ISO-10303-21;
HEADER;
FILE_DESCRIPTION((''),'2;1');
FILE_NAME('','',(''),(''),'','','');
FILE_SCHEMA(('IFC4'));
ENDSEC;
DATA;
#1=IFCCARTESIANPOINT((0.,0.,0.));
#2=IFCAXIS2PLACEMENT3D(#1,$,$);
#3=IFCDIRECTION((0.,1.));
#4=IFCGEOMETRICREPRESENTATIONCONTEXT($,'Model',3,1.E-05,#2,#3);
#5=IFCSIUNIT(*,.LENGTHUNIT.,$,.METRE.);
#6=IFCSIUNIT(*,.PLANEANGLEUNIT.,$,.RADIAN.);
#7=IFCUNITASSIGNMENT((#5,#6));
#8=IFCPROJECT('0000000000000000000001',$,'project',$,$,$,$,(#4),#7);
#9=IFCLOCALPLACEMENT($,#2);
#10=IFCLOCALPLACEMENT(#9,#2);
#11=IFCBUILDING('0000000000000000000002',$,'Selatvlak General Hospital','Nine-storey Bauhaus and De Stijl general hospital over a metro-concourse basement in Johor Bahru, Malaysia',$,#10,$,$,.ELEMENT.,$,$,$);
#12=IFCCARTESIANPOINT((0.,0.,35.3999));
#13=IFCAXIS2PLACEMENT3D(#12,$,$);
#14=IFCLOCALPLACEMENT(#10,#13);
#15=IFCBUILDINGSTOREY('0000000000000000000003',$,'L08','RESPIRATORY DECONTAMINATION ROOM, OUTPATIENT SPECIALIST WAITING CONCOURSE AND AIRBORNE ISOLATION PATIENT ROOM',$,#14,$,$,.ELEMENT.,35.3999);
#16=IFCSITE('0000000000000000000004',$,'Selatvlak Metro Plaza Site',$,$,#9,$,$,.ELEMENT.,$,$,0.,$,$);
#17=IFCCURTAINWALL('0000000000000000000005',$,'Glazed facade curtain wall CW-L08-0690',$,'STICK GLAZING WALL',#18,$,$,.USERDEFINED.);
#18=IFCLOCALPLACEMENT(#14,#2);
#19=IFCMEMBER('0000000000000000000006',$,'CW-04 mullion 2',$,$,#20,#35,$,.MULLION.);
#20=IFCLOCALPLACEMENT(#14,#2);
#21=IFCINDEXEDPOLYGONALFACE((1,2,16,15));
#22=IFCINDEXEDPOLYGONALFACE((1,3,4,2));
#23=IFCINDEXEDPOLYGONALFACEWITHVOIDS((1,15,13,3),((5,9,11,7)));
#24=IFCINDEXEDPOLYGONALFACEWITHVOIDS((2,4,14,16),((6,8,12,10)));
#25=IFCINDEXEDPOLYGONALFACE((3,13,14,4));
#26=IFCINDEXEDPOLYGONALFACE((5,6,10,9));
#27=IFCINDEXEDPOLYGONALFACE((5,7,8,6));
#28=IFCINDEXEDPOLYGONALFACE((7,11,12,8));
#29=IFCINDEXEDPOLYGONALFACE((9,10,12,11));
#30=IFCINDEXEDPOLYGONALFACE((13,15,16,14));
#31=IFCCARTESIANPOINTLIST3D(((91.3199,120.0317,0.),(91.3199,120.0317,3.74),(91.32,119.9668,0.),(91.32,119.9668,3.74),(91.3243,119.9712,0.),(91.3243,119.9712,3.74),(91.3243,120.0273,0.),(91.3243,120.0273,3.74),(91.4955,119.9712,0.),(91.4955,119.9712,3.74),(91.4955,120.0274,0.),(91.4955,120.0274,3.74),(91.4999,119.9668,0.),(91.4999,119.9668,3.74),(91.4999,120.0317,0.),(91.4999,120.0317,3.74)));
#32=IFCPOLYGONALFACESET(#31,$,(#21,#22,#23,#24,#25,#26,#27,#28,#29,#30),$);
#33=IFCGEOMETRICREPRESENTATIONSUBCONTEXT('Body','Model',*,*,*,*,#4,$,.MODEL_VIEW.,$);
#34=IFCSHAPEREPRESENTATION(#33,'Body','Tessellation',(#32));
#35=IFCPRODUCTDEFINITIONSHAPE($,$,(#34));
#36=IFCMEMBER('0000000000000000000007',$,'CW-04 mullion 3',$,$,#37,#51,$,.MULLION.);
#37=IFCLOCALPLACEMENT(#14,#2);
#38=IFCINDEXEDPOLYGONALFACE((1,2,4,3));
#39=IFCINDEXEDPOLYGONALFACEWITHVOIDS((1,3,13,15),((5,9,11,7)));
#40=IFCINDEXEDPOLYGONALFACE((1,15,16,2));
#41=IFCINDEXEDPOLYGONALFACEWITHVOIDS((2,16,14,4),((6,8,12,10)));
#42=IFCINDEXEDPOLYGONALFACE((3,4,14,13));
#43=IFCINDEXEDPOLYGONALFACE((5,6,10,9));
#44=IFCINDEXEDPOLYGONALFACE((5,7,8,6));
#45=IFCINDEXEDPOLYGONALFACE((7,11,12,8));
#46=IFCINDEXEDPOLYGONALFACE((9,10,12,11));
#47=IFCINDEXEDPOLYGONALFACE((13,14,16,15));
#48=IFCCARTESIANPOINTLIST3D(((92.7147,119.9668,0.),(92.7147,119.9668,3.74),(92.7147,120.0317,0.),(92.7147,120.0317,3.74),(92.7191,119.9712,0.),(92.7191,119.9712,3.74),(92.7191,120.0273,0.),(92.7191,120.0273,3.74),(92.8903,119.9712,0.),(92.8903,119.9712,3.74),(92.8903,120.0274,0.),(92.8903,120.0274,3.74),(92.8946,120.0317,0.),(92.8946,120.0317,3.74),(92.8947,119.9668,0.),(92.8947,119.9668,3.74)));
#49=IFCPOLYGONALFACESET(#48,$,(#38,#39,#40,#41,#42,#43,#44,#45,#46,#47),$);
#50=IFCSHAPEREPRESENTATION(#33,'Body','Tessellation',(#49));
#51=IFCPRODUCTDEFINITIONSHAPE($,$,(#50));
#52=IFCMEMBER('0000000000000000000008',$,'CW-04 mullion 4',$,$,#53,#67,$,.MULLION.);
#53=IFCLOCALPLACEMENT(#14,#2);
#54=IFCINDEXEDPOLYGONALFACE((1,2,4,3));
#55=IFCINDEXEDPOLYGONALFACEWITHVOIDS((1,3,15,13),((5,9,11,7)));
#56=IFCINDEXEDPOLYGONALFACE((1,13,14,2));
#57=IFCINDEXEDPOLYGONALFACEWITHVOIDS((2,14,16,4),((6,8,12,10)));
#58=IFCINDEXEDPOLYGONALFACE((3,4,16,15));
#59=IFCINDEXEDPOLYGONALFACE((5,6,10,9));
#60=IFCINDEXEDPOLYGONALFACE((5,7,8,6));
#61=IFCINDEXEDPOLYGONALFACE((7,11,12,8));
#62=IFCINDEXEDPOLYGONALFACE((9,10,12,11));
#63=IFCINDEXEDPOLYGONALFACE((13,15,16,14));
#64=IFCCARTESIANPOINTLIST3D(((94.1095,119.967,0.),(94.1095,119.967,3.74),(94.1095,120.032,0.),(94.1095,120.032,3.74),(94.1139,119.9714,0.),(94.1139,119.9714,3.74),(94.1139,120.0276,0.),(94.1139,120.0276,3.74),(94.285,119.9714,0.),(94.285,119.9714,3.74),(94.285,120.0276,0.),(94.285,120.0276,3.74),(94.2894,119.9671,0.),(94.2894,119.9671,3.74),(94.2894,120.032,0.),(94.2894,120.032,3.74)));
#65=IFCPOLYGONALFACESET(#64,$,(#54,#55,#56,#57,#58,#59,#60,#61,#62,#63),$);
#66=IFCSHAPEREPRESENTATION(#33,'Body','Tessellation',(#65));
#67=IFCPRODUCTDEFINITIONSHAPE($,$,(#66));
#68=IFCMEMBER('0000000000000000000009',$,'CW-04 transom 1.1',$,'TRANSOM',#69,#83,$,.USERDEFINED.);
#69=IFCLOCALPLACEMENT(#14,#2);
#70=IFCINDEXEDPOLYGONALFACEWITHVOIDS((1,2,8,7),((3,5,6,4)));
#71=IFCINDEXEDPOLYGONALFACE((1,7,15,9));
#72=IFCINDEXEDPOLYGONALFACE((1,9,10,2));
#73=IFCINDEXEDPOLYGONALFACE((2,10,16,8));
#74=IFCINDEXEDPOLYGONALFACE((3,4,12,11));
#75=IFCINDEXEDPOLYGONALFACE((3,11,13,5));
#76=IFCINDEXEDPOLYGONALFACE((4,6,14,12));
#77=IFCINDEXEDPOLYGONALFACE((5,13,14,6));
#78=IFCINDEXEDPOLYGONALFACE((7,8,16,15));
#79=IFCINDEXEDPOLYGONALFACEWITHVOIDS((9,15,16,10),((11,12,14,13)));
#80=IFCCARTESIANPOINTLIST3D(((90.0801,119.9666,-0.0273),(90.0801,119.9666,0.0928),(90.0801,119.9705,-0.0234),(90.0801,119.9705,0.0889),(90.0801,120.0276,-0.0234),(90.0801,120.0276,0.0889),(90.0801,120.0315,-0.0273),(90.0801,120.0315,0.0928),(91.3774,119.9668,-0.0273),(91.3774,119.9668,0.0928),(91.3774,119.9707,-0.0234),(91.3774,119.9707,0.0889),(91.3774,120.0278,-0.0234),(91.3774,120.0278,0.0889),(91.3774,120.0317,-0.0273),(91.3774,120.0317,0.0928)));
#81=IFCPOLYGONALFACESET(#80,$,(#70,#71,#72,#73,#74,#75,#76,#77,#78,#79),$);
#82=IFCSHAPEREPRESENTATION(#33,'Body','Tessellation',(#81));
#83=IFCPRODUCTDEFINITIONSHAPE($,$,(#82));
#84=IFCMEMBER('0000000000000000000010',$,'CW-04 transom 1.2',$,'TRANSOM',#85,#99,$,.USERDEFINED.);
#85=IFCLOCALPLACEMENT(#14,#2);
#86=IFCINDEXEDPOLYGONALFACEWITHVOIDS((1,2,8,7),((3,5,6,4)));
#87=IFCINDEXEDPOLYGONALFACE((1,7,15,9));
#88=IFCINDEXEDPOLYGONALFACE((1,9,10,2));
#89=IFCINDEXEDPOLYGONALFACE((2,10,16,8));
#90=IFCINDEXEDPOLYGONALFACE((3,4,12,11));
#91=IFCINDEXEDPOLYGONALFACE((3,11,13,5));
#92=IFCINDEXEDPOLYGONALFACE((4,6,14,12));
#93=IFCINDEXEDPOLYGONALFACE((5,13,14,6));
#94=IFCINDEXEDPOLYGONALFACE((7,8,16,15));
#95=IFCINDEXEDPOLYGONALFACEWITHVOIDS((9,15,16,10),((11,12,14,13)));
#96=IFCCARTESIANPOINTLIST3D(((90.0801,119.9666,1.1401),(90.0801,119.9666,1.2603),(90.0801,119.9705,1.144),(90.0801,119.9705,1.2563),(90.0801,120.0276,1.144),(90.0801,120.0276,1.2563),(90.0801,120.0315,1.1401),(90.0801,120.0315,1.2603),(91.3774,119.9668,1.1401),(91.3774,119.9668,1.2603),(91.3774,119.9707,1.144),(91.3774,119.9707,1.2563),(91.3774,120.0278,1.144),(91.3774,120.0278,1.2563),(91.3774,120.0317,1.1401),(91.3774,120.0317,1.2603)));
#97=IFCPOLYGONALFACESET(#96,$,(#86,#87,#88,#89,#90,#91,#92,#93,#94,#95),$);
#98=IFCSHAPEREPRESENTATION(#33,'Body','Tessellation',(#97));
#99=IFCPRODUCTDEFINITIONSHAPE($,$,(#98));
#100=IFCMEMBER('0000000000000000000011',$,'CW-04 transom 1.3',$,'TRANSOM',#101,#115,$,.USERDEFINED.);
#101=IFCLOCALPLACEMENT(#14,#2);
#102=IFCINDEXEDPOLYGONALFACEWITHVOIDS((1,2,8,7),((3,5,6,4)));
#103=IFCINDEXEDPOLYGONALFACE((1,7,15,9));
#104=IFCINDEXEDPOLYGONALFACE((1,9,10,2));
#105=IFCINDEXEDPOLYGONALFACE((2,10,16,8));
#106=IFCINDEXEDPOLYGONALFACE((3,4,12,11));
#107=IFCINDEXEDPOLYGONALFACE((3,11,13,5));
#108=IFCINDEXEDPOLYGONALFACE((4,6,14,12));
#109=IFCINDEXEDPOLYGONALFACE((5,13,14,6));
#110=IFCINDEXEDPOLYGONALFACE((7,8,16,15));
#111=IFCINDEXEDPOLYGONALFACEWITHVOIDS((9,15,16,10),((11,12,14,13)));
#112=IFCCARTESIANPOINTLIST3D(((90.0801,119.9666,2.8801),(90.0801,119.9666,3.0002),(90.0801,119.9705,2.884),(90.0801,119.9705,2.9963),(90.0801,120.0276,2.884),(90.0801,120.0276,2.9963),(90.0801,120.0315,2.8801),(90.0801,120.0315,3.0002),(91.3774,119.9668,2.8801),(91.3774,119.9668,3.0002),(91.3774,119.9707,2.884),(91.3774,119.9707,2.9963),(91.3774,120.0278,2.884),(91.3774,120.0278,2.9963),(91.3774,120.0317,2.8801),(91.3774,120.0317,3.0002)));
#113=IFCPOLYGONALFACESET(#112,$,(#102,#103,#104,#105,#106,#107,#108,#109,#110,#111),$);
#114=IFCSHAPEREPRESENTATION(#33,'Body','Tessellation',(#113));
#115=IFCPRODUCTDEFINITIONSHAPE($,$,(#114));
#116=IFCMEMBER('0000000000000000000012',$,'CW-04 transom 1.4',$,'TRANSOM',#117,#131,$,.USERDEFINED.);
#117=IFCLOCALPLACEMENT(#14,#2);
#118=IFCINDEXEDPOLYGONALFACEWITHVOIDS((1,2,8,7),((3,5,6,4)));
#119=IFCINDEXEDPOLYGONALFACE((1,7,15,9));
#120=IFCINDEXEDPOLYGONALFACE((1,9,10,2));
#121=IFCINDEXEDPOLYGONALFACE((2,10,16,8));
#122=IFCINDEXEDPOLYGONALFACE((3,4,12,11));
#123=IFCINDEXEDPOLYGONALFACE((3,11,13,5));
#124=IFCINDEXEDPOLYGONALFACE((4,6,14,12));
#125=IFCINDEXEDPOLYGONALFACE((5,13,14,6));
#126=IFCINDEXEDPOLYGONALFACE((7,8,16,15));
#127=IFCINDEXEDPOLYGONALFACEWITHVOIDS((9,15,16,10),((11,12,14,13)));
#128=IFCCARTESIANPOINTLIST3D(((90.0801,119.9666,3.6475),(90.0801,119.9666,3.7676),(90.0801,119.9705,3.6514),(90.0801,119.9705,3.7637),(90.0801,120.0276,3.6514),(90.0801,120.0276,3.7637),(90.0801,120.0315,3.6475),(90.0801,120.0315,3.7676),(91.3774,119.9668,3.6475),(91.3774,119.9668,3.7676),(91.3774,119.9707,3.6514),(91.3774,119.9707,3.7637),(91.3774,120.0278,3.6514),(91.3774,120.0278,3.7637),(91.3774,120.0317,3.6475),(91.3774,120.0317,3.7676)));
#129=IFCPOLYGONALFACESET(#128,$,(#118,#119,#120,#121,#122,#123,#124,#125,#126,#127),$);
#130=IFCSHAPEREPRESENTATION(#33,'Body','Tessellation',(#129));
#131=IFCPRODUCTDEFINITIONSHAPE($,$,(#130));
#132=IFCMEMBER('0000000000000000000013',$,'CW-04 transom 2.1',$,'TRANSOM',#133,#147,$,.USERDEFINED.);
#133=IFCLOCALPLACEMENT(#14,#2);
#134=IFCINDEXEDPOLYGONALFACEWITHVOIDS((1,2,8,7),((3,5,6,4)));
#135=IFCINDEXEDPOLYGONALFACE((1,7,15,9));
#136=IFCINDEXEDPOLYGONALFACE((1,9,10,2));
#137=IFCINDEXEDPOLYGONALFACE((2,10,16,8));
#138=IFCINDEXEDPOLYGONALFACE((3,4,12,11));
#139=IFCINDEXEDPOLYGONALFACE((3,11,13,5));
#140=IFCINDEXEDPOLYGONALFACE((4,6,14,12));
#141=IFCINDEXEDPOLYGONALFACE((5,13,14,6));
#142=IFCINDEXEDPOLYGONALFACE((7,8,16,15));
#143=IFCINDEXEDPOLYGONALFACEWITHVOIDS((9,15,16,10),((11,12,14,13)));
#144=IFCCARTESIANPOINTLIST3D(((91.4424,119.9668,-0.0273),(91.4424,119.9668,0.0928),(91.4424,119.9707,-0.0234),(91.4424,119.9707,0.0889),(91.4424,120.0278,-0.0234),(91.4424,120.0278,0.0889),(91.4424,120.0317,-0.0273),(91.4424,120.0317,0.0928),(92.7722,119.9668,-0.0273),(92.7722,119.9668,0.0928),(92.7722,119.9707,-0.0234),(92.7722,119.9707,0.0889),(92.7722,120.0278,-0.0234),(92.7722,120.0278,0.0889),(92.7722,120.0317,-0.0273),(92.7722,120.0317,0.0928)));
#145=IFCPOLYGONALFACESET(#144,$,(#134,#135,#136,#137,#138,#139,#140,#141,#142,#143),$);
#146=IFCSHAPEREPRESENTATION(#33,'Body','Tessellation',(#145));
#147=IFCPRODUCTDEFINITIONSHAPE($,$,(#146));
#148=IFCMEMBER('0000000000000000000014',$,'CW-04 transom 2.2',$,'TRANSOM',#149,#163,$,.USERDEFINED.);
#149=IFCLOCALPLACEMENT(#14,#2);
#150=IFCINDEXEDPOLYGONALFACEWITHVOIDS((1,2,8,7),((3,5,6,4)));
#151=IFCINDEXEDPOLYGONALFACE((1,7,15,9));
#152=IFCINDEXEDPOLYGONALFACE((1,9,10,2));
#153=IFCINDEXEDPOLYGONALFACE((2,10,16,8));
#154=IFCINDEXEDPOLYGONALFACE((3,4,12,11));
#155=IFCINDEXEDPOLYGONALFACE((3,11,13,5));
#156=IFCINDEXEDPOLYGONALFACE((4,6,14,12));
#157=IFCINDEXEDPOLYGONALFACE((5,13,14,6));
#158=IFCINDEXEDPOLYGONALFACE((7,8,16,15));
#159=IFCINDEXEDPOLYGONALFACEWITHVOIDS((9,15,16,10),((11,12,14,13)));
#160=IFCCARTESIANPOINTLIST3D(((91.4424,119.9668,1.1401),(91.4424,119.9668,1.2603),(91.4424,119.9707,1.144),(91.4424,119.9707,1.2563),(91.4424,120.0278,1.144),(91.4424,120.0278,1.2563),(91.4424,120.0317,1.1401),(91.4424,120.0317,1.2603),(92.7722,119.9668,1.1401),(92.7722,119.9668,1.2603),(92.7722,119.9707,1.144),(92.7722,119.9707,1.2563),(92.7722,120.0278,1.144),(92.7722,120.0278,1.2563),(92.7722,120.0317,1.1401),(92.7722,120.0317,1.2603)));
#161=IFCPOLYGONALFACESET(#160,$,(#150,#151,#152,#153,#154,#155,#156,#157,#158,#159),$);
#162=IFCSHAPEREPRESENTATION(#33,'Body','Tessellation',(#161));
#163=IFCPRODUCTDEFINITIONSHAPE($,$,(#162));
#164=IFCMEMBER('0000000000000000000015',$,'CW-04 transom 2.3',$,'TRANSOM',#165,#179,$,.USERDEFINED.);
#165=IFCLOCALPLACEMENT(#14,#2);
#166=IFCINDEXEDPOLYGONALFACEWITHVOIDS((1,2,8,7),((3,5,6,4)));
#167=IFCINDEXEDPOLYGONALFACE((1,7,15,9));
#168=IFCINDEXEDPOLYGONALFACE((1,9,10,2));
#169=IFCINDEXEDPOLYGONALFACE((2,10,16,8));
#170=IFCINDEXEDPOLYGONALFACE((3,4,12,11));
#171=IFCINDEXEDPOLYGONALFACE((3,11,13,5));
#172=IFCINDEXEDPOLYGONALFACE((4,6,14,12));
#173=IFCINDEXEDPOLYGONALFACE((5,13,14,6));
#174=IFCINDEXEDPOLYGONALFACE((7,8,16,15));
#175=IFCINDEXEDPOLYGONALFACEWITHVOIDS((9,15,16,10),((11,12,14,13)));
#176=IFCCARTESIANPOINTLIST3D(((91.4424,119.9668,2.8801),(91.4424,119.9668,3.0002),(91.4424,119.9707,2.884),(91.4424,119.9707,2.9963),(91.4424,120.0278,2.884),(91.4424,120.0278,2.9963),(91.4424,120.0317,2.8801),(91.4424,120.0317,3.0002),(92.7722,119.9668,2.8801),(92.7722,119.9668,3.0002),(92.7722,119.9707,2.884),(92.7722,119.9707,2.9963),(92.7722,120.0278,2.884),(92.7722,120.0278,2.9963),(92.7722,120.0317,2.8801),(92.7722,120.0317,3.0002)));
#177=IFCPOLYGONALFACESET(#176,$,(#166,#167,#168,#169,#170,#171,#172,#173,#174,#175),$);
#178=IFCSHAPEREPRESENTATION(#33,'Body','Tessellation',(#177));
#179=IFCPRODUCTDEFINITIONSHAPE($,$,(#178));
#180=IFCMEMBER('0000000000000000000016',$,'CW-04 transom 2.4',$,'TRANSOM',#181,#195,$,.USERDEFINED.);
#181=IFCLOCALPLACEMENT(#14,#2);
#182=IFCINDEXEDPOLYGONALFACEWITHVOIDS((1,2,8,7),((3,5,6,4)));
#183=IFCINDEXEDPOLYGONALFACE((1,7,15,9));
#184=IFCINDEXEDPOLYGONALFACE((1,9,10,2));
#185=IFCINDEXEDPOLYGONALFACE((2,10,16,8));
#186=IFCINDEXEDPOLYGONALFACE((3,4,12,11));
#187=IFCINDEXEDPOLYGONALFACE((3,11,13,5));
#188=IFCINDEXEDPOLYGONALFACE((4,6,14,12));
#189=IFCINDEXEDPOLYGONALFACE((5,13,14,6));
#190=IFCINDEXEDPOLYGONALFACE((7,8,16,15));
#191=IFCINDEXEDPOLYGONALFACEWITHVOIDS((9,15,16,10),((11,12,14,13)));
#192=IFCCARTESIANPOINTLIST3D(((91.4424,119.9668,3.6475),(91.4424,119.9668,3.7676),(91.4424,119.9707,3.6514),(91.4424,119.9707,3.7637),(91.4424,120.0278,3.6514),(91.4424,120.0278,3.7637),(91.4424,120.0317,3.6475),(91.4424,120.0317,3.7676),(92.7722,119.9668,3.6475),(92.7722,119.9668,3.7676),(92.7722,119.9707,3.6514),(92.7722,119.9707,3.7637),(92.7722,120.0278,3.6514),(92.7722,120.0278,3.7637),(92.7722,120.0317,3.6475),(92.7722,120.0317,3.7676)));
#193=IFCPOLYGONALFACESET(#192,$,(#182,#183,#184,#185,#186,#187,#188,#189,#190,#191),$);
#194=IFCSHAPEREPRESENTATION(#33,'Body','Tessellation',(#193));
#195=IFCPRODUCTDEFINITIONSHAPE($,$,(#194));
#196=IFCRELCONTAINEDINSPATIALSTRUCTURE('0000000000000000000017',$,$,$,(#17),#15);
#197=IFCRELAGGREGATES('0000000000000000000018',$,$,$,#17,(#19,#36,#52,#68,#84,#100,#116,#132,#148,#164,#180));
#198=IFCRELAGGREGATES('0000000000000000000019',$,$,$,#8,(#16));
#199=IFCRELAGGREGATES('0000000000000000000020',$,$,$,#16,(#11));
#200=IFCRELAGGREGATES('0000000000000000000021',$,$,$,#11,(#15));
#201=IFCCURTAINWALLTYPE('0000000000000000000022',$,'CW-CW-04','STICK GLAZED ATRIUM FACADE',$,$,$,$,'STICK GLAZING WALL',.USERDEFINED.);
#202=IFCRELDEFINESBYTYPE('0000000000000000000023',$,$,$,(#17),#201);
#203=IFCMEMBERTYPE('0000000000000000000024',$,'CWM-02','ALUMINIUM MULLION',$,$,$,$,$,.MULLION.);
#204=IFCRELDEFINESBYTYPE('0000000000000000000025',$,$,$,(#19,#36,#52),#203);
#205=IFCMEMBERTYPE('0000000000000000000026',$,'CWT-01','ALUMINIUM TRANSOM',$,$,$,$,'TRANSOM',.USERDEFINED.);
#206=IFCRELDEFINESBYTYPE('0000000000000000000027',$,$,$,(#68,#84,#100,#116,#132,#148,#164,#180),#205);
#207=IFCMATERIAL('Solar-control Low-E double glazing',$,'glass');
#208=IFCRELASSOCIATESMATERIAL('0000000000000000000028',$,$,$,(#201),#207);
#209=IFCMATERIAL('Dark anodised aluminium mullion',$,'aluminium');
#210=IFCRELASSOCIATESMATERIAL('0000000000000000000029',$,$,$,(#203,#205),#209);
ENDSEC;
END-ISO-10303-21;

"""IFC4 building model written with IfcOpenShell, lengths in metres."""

from ifc_helpers import new_model, si_unit, direction, frame, origin, origin_2d, place, context, subcontext, project, spatial, hollow_rectangle, extrude, material, material_profile, profile_set, type_object, element, aggregate, save


model = new_model("IFC4")

# Units and contexts
model_context = context("Model", 3, precision=1e-05, world=origin(), true_north=direction((0.0, 1.0)))
body_context = subcontext(model_context, "Body", "Model", "MODEL_VIEW")
ifc_project = project(units=[si_unit("LENGTHUNIT", "METRE"), si_unit("PLANEANGLEUNIT", "RADIAN")], contexts=[model_context])

# Site, building, storey
site_placement = place(None, origin())
site = spatial("IfcSite", under=ifc_project, at=site_placement, Name="Selatvlak Metro Plaza Site", CompositionType="ELEMENT", RefElevation=0.0)
building_placement = place(site_placement, origin())
building = spatial("IfcBuilding", under=site, at=building_placement, Name="Selatvlak General Hospital", Description="Nine-storey Bauhaus and De Stijl general hospital over a metro-concourse basement in Johor Bahru, Malaysia", CompositionType="ELEMENT")
storey_placement = place(building_placement, frame((0.0, 0.0, 35.3999)))
storey = spatial("IfcBuildingStorey", under=building, at=storey_placement, Name="L08", Description="RESPIRATORY DECONTAMINATION ROOM, OUTPATIENT SPECIALIST WAITING CONCOURSE AND AIRBORNE ISOLATION PATIENT ROOM", CompositionType="ELEMENT", Elevation=35.3999)

# Curtain wall, members
ifc_material_1 = material(Name="Solar-control Low-E double glazing", Category="glass")
curtain_wall_type = type_object("IfcCurtainWallType", Name="CW-CW-04", Description="STICK GLAZED ATRIUM FACADE", ElementType="STICK GLAZING WALL", PredefinedType="USERDEFINED", material=ifc_material_1)
curtain_wall_placement = place(storey_placement, origin())
curtain_wall = element("IfcCurtainWall", 1, at=curtain_wall_placement, inside=storey, type_object=curtain_wall_type, Name="Glazed facade curtain wall CW-L08-0690", ObjectType="STICK GLAZING WALL", PredefinedType="USERDEFINED")
ifc_material_2 = material(Name="Dark anodised aluminium mullion", Category="aluminium")
ifc_material_profile_1 = material_profile(ifc_material_2, hollow_rectangle(XDim=0.0649, YDim=0.1799, WallThickness=0.0044, at=origin_2d()), Name="AL-MUL 65x180x4.5")
ifc_profile_set_1 = profile_set([ifc_material_profile_1], Name="Dark anodised aluminium mullion")
member_type_1 = type_object("IfcMemberType", Name="CWM-02", Description="ALUMINIUM MULLION", PredefinedType="MULLION", material=ifc_profile_set_1)
member_1_placement = place(storey_placement, frame((91.4099, 119.9993, 0.0), z_axis=(0.0, 0.0, 1.0), x_axis=(-0.000119, 1.0, 0.0)))
member_1 = element("IfcMember", 2, at=member_1_placement, type_object=member_type_1, Name="CW-04 mullion 2", PredefinedType="MULLION", context=body_context, shape_type="SweptSolid", body=[
    extrude(hollow_rectangle(XDim=0.0649, YDim=0.1799, WallThickness=0.0044, at=origin_2d()), origin(), (0.0, 0.0, 1.0), 3.74),
])
member_2_placement = place(storey_placement, frame((92.8047, 119.9993, 0.0), z_axis=(0.0, 0.0, 1.0), x_axis=(-0.000119, 1.0, 0.0)))
member_2 = element("IfcMember", 3, at=member_2_placement, type_object=member_type_1, Name="CW-04 mullion 3", PredefinedType="MULLION", context=body_context, shape_type="SweptSolid", body=[
    extrude(hollow_rectangle(XDim=0.0649, YDim=0.1799, WallThickness=0.0044, at=origin_2d()), origin(), (0.0, 0.0, 1.0), 3.74),
])
member_3_placement = place(storey_placement, frame((94.1995, 119.9995, 0.0), z_axis=(0.0, 0.0, 1.0), x_axis=(-0.000119, 1.0, 0.0)))
member_3 = element("IfcMember", 4, at=member_3_placement, type_object=member_type_1, Name="CW-04 mullion 4", PredefinedType="MULLION", context=body_context, shape_type="SweptSolid", body=[
    extrude(hollow_rectangle(XDim=0.0649, YDim=0.1799, WallThickness=0.0044, at=origin_2d()), origin(), (0.0, 0.0, 1.0), 3.74),
])
ifc_material_profile_2 = material_profile(ifc_material_2, hollow_rectangle(XDim=0.0649, YDim=0.1201, WallThickness=0.0039, at=origin_2d()), Name="AL-TRN 65x120x4")
ifc_profile_set_2 = profile_set([ifc_material_profile_2], Name="Dark anodised aluminium mullion")
member_type_2 = type_object("IfcMemberType", Name="CWT-01", Description="ALUMINIUM TRANSOM", ElementType="TRANSOM", PredefinedType="USERDEFINED", material=ifc_profile_set_2)
member_4_placement = place(storey_placement, frame((90.0801, 119.999, 0.0327), z_axis=(1.0, 0.000188, 0.0), x_axis=(-0.000188, 1.0, 0.0)))
member_4 = element("IfcMember", 5, at=member_4_placement, type_object=member_type_2, Name="CW-04 transom 1.1", ObjectType="TRANSOM", PredefinedType="USERDEFINED", context=body_context, shape_type="SweptSolid", body=[
    extrude(hollow_rectangle(XDim=0.0649, YDim=0.1201, WallThickness=0.0039, at=origin_2d()), origin(), (0.0, 0.0, 1.0), 1.2974),
])
member_5_placement = place(storey_placement, frame((90.0801, 119.999, 1.2002), z_axis=(1.0, 0.000188, 0.0), x_axis=(-0.000188, 1.0, 0.0)))
member_5 = element("IfcMember", 6, at=member_5_placement, type_object=member_type_2, Name="CW-04 transom 1.2", ObjectType="TRANSOM", PredefinedType="USERDEFINED", context=body_context, shape_type="SweptSolid", body=[
    extrude(hollow_rectangle(XDim=0.0649, YDim=0.1201, WallThickness=0.0039, at=origin_2d()), origin(), (0.0, 0.0, 1.0), 1.2974),
])
member_6_placement = place(storey_placement, frame((90.0801, 119.999, 2.9402), z_axis=(1.0, 0.000188, 0.0), x_axis=(-0.000188, 1.0, 0.0)))
member_6 = element("IfcMember", 7, at=member_6_placement, type_object=member_type_2, Name="CW-04 transom 1.3", ObjectType="TRANSOM", PredefinedType="USERDEFINED", context=body_context, shape_type="SweptSolid", body=[
    extrude(hollow_rectangle(XDim=0.0649, YDim=0.1201, WallThickness=0.0039, at=origin_2d()), origin(), (0.0, 0.0, 1.0), 1.2974),
])
member_7_placement = place(storey_placement, frame((90.0801, 119.999, 3.7075), z_axis=(1.0, 0.000188, 0.0), x_axis=(-0.000188, 1.0, 0.0)))
member_7 = element("IfcMember", 8, at=member_7_placement, type_object=member_type_2, Name="CW-04 transom 1.4", ObjectType="TRANSOM", PredefinedType="USERDEFINED", context=body_context, shape_type="SweptSolid", body=[
    extrude(hollow_rectangle(XDim=0.0649, YDim=0.1201, WallThickness=0.0039, at=origin_2d()), origin(), (0.0, 0.0, 1.0), 1.2974),
])
member_8_placement = place(storey_placement, frame((91.4424, 119.9993, 0.0327), z_axis=(1.0, 0.0, 0.0), x_axis=(0.0, 1.0, 0.0)))
member_8 = element("IfcMember", 9, at=member_8_placement, type_object=member_type_2, Name="CW-04 transom 2.1", ObjectType="TRANSOM", PredefinedType="USERDEFINED", context=body_context, shape_type="SweptSolid", body=[
    extrude(hollow_rectangle(XDim=0.0649, YDim=0.1201, WallThickness=0.0039, at=origin_2d()), origin(), (0.0, 0.0, 1.0), 1.3298),
])
member_9_placement = place(storey_placement, frame((91.4424, 119.9993, 1.2002), z_axis=(1.0, 0.0, 0.0), x_axis=(0.0, 1.0, 0.0)))
member_9 = element("IfcMember", 10, at=member_9_placement, type_object=member_type_2, Name="CW-04 transom 2.2", ObjectType="TRANSOM", PredefinedType="USERDEFINED", context=body_context, shape_type="SweptSolid", body=[
    extrude(hollow_rectangle(XDim=0.0649, YDim=0.1201, WallThickness=0.0039, at=origin_2d()), origin(), (0.0, 0.0, 1.0), 1.3298),
])
member_10_placement = place(storey_placement, frame((91.4424, 119.9993, 2.9402), z_axis=(1.0, 0.0, 0.0), x_axis=(0.0, 1.0, 0.0)))
member_10 = element("IfcMember", 11, at=member_10_placement, type_object=member_type_2, Name="CW-04 transom 2.3", ObjectType="TRANSOM", PredefinedType="USERDEFINED", context=body_context, shape_type="SweptSolid", body=[
    extrude(hollow_rectangle(XDim=0.0649, YDim=0.1201, WallThickness=0.0039, at=origin_2d()), origin(), (0.0, 0.0, 1.0), 1.3298),
])
member_11_placement = place(storey_placement, frame((91.4424, 119.9993, 3.7075), z_axis=(1.0, 0.0, 0.0), x_axis=(0.0, 1.0, 0.0)))
member_11 = element("IfcMember", 12, at=member_11_placement, type_object=member_type_2, Name="CW-04 transom 2.4", ObjectType="TRANSOM", PredefinedType="USERDEFINED", context=body_context, shape_type="SweptSolid", body=[
    extrude(hollow_rectangle(XDim=0.0649, YDim=0.1201, WallThickness=0.0039, at=origin_2d()), origin(), (0.0, 0.0, 1.0), 1.3298),
])
aggregate(curtain_wall, [member_1, member_2, member_3, member_4, member_5, member_6, member_7, member_8, member_9, member_10, member_11])

save(model, "model.ifc")
